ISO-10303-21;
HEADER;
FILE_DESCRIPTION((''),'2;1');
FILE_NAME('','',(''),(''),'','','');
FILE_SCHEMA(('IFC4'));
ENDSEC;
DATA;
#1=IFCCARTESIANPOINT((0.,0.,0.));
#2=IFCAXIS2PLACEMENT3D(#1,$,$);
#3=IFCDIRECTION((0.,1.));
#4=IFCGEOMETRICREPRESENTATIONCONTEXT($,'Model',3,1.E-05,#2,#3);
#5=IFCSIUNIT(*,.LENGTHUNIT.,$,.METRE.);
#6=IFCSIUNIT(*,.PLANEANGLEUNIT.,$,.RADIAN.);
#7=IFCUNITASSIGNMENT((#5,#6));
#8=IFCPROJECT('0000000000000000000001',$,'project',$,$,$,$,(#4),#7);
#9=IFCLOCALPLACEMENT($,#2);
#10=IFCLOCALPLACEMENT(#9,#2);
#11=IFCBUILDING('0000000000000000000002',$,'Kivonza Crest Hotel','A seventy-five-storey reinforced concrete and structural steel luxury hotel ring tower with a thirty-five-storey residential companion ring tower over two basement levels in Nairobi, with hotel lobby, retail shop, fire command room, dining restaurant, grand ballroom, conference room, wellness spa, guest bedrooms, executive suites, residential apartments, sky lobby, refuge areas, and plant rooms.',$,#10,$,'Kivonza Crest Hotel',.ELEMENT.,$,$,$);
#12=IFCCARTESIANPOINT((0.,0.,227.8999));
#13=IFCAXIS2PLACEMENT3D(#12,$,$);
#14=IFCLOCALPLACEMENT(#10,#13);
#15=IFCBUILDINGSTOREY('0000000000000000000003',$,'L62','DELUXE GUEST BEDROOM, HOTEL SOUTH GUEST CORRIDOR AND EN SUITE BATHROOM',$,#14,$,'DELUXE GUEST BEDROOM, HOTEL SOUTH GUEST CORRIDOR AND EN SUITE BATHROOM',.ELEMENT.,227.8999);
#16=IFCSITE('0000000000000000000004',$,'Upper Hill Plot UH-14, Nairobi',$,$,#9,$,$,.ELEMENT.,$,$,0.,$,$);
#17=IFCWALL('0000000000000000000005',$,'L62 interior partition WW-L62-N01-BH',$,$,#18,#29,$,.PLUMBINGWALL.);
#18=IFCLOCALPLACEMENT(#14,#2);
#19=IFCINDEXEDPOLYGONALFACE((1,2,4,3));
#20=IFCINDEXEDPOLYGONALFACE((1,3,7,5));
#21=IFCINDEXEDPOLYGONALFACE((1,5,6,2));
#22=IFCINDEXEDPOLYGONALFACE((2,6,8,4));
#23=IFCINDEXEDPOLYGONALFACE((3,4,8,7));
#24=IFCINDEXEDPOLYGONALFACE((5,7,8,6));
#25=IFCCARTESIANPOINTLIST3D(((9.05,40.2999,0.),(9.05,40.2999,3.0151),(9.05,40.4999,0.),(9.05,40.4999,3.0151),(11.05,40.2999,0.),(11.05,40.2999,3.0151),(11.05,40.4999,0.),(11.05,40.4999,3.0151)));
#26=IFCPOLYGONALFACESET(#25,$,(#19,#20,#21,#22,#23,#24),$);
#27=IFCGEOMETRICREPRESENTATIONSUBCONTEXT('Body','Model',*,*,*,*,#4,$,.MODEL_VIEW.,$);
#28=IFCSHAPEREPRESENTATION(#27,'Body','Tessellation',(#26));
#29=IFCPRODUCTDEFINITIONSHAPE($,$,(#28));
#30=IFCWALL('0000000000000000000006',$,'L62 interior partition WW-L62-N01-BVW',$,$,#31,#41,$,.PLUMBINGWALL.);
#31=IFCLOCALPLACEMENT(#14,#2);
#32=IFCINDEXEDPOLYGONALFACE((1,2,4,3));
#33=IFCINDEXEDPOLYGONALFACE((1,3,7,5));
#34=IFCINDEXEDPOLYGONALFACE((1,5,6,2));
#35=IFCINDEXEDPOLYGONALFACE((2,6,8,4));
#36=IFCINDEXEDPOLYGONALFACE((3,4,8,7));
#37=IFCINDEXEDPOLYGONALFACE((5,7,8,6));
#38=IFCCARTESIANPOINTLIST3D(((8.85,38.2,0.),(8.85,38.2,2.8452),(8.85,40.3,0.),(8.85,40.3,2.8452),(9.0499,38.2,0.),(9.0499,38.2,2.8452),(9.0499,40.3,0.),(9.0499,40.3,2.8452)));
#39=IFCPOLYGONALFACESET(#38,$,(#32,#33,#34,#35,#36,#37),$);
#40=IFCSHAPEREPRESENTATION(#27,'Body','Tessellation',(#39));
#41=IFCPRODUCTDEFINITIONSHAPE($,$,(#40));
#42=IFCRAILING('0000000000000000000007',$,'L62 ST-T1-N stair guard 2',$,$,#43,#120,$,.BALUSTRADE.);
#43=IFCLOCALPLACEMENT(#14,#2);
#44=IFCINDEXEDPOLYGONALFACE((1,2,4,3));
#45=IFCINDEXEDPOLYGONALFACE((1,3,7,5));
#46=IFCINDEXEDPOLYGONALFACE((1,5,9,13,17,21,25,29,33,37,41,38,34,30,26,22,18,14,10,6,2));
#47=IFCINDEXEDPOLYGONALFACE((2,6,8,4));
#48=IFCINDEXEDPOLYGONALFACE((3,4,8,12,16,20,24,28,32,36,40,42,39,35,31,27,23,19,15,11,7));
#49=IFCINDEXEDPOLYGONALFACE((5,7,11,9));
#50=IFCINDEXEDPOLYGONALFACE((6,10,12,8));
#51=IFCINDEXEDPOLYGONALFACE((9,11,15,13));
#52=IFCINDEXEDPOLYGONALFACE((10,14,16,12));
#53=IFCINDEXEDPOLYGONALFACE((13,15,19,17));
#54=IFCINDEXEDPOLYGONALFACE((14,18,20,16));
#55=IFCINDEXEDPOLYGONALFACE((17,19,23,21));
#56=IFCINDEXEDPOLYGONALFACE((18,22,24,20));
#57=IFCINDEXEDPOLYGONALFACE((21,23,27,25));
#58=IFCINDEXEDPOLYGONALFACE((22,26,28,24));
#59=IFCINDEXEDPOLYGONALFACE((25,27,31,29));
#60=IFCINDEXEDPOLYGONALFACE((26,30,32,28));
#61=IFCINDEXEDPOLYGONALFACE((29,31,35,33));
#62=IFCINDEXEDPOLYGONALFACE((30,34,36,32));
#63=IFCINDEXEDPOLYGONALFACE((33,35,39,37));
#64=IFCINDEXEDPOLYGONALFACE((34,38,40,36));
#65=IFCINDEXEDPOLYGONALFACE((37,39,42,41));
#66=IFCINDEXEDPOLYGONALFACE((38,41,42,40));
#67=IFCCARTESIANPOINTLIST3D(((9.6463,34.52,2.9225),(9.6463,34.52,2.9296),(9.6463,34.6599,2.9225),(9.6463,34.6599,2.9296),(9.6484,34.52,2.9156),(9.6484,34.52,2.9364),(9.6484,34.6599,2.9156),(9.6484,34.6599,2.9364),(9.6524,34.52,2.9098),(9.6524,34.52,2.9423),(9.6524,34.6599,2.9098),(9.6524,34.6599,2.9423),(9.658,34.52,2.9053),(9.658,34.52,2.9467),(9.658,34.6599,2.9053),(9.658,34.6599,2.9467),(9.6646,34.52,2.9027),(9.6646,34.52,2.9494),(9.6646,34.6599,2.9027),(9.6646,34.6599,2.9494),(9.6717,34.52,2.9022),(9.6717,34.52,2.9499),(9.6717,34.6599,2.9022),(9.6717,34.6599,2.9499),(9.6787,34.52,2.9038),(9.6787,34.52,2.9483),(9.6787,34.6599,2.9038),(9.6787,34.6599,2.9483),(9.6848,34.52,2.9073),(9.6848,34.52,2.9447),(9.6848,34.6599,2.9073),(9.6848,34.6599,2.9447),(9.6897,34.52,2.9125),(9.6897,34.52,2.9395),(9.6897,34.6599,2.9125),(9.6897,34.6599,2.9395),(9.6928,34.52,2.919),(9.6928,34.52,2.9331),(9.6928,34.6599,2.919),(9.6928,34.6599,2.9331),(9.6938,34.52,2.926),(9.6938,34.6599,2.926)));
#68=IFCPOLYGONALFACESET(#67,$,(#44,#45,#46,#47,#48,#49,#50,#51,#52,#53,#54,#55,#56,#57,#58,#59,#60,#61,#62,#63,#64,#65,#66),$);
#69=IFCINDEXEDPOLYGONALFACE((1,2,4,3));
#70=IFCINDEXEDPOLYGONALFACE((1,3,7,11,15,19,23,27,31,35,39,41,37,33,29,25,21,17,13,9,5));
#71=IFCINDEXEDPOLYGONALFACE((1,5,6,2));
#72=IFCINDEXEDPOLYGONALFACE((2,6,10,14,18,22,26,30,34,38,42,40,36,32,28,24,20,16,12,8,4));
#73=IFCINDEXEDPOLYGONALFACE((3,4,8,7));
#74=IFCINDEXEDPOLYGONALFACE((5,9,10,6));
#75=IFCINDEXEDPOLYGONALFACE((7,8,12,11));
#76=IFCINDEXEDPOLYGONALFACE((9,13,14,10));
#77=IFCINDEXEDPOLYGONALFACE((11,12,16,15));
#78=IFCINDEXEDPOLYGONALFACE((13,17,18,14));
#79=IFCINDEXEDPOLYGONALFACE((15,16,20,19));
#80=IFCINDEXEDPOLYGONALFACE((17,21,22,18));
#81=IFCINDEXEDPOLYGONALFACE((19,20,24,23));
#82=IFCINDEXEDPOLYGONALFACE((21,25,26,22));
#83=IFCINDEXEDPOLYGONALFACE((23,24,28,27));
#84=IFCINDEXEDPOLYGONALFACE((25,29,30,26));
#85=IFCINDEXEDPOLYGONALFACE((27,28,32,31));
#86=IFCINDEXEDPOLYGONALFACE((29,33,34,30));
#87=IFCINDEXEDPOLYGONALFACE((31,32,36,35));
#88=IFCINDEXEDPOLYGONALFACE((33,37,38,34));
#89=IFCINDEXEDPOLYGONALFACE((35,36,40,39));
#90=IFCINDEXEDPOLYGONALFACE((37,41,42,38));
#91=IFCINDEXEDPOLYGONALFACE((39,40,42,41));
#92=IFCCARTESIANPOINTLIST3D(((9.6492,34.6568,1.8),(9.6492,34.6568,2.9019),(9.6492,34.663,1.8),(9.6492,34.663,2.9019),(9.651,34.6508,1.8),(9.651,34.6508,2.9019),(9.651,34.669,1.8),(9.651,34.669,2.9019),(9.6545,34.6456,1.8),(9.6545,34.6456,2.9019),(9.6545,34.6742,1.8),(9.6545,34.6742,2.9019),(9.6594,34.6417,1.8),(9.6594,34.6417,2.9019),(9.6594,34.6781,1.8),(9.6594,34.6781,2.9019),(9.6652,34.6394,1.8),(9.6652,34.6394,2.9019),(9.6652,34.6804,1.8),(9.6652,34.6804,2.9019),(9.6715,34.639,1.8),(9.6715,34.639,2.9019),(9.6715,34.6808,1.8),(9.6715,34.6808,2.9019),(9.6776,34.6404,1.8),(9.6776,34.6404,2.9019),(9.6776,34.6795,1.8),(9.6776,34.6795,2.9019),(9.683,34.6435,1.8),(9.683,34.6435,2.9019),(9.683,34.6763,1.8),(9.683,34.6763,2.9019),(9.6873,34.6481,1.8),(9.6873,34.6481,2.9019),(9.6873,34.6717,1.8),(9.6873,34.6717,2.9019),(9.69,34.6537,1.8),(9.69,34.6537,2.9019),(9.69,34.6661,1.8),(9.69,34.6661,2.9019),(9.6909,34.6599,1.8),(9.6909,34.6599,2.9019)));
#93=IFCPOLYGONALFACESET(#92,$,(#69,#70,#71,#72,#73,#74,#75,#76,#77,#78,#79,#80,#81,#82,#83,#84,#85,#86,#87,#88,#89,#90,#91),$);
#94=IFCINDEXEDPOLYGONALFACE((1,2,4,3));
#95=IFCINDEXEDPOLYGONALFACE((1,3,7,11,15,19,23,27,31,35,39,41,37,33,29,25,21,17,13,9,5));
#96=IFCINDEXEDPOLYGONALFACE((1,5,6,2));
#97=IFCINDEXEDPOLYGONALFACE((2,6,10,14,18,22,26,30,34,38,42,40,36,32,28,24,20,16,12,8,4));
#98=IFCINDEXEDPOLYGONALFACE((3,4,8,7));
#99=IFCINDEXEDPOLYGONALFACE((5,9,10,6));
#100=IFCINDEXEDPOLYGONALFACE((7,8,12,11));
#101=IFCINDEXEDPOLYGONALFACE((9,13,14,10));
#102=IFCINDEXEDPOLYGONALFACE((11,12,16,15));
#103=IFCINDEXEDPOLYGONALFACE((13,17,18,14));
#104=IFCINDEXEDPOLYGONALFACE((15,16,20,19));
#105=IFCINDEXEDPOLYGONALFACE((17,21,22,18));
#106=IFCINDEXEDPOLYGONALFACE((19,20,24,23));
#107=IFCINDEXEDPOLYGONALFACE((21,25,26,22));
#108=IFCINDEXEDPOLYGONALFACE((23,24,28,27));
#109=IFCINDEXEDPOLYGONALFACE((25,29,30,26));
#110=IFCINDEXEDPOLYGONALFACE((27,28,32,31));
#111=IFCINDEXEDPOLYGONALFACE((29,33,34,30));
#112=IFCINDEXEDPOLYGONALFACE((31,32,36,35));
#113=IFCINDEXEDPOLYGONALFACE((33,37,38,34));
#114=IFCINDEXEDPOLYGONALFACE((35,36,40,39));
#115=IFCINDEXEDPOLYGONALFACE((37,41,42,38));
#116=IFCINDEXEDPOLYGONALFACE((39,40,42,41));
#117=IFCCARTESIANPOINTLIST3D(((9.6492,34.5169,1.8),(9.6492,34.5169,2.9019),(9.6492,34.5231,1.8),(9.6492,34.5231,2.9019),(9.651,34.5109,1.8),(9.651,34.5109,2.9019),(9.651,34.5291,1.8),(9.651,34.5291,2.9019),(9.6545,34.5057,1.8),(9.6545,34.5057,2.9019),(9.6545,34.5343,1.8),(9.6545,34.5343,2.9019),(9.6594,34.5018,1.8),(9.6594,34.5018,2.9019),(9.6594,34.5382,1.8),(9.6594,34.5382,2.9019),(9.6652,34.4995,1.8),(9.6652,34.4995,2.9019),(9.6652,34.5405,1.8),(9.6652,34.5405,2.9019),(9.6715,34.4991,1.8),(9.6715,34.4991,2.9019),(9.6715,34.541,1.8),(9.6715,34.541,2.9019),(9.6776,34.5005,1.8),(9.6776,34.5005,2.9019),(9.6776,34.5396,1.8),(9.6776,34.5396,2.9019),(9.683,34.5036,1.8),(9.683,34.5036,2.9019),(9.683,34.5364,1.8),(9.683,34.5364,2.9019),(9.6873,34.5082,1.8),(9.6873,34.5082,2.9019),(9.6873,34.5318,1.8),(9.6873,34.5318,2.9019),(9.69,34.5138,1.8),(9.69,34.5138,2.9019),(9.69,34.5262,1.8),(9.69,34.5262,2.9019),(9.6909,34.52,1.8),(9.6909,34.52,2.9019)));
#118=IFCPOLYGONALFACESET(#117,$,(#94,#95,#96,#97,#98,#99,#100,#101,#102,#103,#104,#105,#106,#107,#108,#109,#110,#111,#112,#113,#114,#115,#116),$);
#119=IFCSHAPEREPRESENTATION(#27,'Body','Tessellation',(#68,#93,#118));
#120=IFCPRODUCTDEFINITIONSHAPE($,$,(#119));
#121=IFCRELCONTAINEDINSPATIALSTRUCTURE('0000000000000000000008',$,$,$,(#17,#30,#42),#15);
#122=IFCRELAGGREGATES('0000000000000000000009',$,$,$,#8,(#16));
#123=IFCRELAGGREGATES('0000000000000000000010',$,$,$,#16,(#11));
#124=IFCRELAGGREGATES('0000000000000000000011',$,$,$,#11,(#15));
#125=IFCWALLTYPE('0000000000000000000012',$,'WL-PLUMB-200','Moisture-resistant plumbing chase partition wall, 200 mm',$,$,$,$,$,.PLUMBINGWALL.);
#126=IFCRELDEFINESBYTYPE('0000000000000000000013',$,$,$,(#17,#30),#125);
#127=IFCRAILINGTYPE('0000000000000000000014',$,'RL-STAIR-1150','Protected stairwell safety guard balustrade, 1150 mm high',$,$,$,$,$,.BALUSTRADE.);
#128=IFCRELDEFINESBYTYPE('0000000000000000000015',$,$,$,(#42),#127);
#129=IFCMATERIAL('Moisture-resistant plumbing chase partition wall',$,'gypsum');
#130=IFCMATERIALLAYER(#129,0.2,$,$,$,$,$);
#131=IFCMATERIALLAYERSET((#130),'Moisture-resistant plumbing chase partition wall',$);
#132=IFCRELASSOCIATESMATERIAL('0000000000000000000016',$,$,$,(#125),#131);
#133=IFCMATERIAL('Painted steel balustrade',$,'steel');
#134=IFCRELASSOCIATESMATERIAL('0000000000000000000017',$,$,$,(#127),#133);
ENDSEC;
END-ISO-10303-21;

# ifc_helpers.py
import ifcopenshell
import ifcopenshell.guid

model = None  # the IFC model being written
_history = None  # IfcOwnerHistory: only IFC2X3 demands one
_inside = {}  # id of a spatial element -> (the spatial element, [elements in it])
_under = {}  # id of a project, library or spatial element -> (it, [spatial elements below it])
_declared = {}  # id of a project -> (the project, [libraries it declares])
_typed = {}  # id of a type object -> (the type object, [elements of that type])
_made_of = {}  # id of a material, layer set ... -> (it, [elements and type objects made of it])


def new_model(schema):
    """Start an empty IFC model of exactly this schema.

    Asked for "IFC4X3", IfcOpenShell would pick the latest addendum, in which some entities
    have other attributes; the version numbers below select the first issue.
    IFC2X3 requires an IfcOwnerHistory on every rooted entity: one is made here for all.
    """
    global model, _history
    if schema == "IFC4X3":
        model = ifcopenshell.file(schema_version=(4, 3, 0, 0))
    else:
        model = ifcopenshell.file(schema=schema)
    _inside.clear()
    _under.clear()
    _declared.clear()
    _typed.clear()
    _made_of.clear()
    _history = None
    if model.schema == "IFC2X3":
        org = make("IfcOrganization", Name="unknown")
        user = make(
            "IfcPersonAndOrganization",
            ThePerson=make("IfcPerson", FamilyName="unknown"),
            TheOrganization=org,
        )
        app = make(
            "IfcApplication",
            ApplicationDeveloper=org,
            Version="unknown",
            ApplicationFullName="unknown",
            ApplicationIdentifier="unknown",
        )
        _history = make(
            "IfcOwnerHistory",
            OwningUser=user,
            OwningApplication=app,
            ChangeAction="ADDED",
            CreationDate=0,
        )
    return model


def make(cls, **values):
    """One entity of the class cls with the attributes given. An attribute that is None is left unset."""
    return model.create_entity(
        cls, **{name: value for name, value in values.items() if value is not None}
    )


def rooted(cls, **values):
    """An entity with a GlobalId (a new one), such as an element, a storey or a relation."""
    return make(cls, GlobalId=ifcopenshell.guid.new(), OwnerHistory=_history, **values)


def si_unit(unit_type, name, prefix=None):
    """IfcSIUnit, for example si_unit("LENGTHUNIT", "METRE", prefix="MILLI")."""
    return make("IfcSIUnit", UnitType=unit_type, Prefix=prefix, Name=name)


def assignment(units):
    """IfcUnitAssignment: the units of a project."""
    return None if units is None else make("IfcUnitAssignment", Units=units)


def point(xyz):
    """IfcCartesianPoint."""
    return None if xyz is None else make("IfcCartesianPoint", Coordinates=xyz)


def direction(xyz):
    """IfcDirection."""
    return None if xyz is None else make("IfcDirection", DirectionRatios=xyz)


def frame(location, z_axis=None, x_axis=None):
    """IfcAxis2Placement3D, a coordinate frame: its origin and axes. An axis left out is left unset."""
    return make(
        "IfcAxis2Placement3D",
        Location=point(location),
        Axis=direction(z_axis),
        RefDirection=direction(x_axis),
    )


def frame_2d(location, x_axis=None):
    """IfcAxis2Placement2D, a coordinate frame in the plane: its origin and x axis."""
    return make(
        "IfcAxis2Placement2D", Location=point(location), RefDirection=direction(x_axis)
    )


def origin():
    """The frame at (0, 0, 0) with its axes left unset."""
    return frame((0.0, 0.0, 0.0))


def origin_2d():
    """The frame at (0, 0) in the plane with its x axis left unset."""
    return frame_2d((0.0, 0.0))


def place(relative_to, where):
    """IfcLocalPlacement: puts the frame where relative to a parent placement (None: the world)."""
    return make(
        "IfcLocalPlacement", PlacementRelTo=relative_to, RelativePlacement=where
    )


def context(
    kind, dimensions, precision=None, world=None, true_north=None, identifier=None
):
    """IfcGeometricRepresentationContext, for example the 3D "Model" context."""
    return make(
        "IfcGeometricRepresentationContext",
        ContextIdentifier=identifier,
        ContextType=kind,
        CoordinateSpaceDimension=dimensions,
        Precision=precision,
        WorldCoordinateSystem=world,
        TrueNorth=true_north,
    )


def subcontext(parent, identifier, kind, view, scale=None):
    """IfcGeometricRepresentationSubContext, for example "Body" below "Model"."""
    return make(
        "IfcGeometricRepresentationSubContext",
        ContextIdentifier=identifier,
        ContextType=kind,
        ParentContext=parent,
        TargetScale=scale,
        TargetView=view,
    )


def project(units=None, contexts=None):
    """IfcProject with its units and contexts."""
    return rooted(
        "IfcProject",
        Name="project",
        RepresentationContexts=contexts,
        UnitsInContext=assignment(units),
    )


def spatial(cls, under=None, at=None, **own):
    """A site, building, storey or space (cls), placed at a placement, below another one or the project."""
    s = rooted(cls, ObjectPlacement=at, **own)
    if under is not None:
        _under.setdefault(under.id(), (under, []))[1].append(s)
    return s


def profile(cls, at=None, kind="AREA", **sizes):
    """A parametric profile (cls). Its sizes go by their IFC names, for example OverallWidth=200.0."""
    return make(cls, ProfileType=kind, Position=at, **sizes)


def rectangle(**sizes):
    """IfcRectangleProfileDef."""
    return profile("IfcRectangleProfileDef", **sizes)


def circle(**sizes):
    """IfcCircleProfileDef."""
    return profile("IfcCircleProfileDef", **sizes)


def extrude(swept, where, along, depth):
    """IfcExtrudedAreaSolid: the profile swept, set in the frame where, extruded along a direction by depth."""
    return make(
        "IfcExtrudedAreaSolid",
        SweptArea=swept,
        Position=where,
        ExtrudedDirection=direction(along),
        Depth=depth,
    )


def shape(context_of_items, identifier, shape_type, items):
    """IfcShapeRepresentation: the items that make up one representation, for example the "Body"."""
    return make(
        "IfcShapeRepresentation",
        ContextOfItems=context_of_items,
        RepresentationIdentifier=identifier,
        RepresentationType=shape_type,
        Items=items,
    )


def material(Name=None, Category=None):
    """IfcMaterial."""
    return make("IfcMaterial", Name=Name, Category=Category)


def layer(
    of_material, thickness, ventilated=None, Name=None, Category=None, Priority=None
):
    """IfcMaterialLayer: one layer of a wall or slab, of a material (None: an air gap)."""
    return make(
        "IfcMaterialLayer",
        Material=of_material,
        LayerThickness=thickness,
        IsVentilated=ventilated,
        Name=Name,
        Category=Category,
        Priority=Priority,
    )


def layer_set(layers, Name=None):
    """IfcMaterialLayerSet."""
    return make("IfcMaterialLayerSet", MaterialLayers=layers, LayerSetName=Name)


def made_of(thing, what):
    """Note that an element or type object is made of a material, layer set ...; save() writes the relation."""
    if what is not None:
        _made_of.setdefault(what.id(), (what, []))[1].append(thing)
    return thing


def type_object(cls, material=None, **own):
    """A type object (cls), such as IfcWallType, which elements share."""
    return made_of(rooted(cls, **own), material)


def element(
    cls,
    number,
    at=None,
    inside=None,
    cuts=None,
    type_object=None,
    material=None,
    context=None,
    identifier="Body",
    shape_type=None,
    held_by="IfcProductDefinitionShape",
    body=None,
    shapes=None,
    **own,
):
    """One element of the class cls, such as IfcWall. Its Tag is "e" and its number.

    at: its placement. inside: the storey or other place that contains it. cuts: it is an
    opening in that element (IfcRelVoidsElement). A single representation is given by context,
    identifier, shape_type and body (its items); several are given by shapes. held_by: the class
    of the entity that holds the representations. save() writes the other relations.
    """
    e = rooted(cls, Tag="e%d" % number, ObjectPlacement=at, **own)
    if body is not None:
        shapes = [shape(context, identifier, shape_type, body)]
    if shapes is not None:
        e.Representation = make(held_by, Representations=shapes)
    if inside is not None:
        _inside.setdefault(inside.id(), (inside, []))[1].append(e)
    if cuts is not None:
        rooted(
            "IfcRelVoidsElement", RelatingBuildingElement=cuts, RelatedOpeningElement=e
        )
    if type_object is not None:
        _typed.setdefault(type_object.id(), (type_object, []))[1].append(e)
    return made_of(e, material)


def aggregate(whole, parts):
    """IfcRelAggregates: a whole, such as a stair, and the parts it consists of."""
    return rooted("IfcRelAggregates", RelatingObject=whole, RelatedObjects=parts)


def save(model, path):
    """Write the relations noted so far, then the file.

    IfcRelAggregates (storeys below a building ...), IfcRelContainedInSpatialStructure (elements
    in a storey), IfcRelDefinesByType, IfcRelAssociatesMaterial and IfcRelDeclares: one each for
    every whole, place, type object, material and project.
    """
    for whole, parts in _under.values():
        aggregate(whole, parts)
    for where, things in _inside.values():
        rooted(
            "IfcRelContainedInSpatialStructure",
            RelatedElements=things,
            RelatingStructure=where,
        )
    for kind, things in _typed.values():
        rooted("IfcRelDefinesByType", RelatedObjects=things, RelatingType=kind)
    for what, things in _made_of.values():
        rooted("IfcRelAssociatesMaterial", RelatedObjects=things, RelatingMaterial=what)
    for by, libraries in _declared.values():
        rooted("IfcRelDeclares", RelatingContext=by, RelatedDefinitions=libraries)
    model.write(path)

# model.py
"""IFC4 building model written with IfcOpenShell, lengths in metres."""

from ifc_helpers import new_model, si_unit, direction, frame, frame_2d, origin, origin_2d, place, context, subcontext, project, spatial, rectangle, circle, extrude, material, layer, layer_set, type_object, element, save


model = new_model("IFC4")

# Units and contexts
model_context = context("Model", 3, precision=1e-05, world=origin(), true_north=direction((0.0, 1.0)))
body_context = subcontext(model_context, "Body", "Model", "MODEL_VIEW")
ifc_project = project(units=[si_unit("LENGTHUNIT", "METRE"), si_unit("PLANEANGLEUNIT", "RADIAN")], contexts=[model_context])

# Site, building, storey
site_placement = place(None, origin())
site = spatial("IfcSite", under=ifc_project, at=site_placement, Name="Upper Hill Plot UH-14, Nairobi", CompositionType="ELEMENT", RefElevation=0.0)
building_placement = place(site_placement, origin())
building = spatial("IfcBuilding", under=site, at=building_placement, Name="Kivonza Crest Hotel", Description="A seventy-five-storey reinforced concrete and structural steel luxury hotel ring tower with a thirty-five-storey residential companion ring tower over two basement levels in Nairobi, with hotel lobby, retail shop, fire command room, dining restaurant, grand ballroom, conference room, wellness spa, guest bedrooms, executive suites, residential apartments, sky lobby, refuge areas, and plant rooms.", LongName="Kivonza Crest Hotel", CompositionType="ELEMENT")
storey_placement = place(building_placement, frame((0.0, 0.0, 227.8999)))
storey = spatial("IfcBuildingStorey", under=building, at=storey_placement, Name="L62", Description="DELUXE GUEST BEDROOM, HOTEL SOUTH GUEST CORRIDOR AND EN SUITE BATHROOM", LongName="DELUXE GUEST BEDROOM, HOTEL SOUTH GUEST CORRIDOR AND EN SUITE BATHROOM", CompositionType="ELEMENT", Elevation=227.8999)

# Walls
ifc_material_1 = material(Name="Moisture-resistant plumbing chase partition wall", Category="gypsum")
ifc_layer_1 = layer(ifc_material_1, 0.2)
ifc_layer_set_1 = layer_set([ifc_layer_1], Name="Moisture-resistant plumbing chase partition wall")
wall_type_1 = type_object("IfcWallType", Name="WL-PLUMB-200", Description="Moisture-resistant plumbing chase partition wall, 200 mm", PredefinedType="PLUMBINGWALL", material=ifc_layer_set_1)
wall_1_placement = place(storey_placement, frame((9.05, 40.3999, 0.0), z_axis=(0.0, 0.0, 1.0), x_axis=(1.0, 0.0, 0.0)))
element("IfcWall", 1, at=wall_1_placement, inside=storey, type_object=wall_type_1, Name="L62 interior partition WW-L62-N01-BH", PredefinedType="PLUMBINGWALL", context=body_context, shape_type="SweptSolid", body=[
    extrude(rectangle(XDim=2.0, YDim=0.2, at=frame_2d((1.0, 0.0))), origin(), (0.0, 0.0, 1.0), 3.0151),
])
wall_2_placement = place(storey_placement, frame((8.95, 38.2, 0.0), z_axis=(0.0, 0.0, 1.0), x_axis=(0.0, 1.0, 0.0)))
element("IfcWall", 2, at=wall_2_placement, inside=storey, type_object=wall_type_1, Name="L62 interior partition WW-L62-N01-BVW", PredefinedType="PLUMBINGWALL", context=body_context, shape_type="SweptSolid", body=[
    extrude(rectangle(XDim=2.1001, YDim=0.2, at=frame_2d((1.05, 0.0))), origin(), (0.0, 0.0, 1.0), 2.8452),
])

# Railing
ifc_material_2 = material(Name="Painted steel balustrade", Category="steel")
railing_type = type_object("IfcRailingType", Name="RL-STAIR-1150", Description="Protected stairwell safety guard balustrade, 1150 mm high", PredefinedType="BALUSTRADE", material=ifc_material_2)
railing_1_placement = place(storey_placement, frame((9.6699, 34.6599, 1.8)))
element("IfcRailing", 3, at=railing_1_placement, inside=storey, type_object=railing_type, Name="L62 ST-T1-N stair guard 2", PredefinedType="BALUSTRADE", context=body_context, shape_type="SweptSolid", body=[
    extrude(circle(Radius=0.0239, at=origin_2d()), frame((0.0, 0.0, 1.126), z_axis=(0.0, -1.0, 0.0), x_axis=(1.0, 0.0, 0.0)), (0.0, 0.0, 1.0), 0.1399),
    extrude(circle(Radius=0.021, at=origin_2d()), origin(), (0.0, 0.0, 1.0), 1.1018),
    extrude(circle(Radius=0.021, at=origin_2d()), frame((0.0, -0.1399, 0.0)), (0.0, 0.0, 1.0), 1.1018),
])

save(model, "model.ifc")
